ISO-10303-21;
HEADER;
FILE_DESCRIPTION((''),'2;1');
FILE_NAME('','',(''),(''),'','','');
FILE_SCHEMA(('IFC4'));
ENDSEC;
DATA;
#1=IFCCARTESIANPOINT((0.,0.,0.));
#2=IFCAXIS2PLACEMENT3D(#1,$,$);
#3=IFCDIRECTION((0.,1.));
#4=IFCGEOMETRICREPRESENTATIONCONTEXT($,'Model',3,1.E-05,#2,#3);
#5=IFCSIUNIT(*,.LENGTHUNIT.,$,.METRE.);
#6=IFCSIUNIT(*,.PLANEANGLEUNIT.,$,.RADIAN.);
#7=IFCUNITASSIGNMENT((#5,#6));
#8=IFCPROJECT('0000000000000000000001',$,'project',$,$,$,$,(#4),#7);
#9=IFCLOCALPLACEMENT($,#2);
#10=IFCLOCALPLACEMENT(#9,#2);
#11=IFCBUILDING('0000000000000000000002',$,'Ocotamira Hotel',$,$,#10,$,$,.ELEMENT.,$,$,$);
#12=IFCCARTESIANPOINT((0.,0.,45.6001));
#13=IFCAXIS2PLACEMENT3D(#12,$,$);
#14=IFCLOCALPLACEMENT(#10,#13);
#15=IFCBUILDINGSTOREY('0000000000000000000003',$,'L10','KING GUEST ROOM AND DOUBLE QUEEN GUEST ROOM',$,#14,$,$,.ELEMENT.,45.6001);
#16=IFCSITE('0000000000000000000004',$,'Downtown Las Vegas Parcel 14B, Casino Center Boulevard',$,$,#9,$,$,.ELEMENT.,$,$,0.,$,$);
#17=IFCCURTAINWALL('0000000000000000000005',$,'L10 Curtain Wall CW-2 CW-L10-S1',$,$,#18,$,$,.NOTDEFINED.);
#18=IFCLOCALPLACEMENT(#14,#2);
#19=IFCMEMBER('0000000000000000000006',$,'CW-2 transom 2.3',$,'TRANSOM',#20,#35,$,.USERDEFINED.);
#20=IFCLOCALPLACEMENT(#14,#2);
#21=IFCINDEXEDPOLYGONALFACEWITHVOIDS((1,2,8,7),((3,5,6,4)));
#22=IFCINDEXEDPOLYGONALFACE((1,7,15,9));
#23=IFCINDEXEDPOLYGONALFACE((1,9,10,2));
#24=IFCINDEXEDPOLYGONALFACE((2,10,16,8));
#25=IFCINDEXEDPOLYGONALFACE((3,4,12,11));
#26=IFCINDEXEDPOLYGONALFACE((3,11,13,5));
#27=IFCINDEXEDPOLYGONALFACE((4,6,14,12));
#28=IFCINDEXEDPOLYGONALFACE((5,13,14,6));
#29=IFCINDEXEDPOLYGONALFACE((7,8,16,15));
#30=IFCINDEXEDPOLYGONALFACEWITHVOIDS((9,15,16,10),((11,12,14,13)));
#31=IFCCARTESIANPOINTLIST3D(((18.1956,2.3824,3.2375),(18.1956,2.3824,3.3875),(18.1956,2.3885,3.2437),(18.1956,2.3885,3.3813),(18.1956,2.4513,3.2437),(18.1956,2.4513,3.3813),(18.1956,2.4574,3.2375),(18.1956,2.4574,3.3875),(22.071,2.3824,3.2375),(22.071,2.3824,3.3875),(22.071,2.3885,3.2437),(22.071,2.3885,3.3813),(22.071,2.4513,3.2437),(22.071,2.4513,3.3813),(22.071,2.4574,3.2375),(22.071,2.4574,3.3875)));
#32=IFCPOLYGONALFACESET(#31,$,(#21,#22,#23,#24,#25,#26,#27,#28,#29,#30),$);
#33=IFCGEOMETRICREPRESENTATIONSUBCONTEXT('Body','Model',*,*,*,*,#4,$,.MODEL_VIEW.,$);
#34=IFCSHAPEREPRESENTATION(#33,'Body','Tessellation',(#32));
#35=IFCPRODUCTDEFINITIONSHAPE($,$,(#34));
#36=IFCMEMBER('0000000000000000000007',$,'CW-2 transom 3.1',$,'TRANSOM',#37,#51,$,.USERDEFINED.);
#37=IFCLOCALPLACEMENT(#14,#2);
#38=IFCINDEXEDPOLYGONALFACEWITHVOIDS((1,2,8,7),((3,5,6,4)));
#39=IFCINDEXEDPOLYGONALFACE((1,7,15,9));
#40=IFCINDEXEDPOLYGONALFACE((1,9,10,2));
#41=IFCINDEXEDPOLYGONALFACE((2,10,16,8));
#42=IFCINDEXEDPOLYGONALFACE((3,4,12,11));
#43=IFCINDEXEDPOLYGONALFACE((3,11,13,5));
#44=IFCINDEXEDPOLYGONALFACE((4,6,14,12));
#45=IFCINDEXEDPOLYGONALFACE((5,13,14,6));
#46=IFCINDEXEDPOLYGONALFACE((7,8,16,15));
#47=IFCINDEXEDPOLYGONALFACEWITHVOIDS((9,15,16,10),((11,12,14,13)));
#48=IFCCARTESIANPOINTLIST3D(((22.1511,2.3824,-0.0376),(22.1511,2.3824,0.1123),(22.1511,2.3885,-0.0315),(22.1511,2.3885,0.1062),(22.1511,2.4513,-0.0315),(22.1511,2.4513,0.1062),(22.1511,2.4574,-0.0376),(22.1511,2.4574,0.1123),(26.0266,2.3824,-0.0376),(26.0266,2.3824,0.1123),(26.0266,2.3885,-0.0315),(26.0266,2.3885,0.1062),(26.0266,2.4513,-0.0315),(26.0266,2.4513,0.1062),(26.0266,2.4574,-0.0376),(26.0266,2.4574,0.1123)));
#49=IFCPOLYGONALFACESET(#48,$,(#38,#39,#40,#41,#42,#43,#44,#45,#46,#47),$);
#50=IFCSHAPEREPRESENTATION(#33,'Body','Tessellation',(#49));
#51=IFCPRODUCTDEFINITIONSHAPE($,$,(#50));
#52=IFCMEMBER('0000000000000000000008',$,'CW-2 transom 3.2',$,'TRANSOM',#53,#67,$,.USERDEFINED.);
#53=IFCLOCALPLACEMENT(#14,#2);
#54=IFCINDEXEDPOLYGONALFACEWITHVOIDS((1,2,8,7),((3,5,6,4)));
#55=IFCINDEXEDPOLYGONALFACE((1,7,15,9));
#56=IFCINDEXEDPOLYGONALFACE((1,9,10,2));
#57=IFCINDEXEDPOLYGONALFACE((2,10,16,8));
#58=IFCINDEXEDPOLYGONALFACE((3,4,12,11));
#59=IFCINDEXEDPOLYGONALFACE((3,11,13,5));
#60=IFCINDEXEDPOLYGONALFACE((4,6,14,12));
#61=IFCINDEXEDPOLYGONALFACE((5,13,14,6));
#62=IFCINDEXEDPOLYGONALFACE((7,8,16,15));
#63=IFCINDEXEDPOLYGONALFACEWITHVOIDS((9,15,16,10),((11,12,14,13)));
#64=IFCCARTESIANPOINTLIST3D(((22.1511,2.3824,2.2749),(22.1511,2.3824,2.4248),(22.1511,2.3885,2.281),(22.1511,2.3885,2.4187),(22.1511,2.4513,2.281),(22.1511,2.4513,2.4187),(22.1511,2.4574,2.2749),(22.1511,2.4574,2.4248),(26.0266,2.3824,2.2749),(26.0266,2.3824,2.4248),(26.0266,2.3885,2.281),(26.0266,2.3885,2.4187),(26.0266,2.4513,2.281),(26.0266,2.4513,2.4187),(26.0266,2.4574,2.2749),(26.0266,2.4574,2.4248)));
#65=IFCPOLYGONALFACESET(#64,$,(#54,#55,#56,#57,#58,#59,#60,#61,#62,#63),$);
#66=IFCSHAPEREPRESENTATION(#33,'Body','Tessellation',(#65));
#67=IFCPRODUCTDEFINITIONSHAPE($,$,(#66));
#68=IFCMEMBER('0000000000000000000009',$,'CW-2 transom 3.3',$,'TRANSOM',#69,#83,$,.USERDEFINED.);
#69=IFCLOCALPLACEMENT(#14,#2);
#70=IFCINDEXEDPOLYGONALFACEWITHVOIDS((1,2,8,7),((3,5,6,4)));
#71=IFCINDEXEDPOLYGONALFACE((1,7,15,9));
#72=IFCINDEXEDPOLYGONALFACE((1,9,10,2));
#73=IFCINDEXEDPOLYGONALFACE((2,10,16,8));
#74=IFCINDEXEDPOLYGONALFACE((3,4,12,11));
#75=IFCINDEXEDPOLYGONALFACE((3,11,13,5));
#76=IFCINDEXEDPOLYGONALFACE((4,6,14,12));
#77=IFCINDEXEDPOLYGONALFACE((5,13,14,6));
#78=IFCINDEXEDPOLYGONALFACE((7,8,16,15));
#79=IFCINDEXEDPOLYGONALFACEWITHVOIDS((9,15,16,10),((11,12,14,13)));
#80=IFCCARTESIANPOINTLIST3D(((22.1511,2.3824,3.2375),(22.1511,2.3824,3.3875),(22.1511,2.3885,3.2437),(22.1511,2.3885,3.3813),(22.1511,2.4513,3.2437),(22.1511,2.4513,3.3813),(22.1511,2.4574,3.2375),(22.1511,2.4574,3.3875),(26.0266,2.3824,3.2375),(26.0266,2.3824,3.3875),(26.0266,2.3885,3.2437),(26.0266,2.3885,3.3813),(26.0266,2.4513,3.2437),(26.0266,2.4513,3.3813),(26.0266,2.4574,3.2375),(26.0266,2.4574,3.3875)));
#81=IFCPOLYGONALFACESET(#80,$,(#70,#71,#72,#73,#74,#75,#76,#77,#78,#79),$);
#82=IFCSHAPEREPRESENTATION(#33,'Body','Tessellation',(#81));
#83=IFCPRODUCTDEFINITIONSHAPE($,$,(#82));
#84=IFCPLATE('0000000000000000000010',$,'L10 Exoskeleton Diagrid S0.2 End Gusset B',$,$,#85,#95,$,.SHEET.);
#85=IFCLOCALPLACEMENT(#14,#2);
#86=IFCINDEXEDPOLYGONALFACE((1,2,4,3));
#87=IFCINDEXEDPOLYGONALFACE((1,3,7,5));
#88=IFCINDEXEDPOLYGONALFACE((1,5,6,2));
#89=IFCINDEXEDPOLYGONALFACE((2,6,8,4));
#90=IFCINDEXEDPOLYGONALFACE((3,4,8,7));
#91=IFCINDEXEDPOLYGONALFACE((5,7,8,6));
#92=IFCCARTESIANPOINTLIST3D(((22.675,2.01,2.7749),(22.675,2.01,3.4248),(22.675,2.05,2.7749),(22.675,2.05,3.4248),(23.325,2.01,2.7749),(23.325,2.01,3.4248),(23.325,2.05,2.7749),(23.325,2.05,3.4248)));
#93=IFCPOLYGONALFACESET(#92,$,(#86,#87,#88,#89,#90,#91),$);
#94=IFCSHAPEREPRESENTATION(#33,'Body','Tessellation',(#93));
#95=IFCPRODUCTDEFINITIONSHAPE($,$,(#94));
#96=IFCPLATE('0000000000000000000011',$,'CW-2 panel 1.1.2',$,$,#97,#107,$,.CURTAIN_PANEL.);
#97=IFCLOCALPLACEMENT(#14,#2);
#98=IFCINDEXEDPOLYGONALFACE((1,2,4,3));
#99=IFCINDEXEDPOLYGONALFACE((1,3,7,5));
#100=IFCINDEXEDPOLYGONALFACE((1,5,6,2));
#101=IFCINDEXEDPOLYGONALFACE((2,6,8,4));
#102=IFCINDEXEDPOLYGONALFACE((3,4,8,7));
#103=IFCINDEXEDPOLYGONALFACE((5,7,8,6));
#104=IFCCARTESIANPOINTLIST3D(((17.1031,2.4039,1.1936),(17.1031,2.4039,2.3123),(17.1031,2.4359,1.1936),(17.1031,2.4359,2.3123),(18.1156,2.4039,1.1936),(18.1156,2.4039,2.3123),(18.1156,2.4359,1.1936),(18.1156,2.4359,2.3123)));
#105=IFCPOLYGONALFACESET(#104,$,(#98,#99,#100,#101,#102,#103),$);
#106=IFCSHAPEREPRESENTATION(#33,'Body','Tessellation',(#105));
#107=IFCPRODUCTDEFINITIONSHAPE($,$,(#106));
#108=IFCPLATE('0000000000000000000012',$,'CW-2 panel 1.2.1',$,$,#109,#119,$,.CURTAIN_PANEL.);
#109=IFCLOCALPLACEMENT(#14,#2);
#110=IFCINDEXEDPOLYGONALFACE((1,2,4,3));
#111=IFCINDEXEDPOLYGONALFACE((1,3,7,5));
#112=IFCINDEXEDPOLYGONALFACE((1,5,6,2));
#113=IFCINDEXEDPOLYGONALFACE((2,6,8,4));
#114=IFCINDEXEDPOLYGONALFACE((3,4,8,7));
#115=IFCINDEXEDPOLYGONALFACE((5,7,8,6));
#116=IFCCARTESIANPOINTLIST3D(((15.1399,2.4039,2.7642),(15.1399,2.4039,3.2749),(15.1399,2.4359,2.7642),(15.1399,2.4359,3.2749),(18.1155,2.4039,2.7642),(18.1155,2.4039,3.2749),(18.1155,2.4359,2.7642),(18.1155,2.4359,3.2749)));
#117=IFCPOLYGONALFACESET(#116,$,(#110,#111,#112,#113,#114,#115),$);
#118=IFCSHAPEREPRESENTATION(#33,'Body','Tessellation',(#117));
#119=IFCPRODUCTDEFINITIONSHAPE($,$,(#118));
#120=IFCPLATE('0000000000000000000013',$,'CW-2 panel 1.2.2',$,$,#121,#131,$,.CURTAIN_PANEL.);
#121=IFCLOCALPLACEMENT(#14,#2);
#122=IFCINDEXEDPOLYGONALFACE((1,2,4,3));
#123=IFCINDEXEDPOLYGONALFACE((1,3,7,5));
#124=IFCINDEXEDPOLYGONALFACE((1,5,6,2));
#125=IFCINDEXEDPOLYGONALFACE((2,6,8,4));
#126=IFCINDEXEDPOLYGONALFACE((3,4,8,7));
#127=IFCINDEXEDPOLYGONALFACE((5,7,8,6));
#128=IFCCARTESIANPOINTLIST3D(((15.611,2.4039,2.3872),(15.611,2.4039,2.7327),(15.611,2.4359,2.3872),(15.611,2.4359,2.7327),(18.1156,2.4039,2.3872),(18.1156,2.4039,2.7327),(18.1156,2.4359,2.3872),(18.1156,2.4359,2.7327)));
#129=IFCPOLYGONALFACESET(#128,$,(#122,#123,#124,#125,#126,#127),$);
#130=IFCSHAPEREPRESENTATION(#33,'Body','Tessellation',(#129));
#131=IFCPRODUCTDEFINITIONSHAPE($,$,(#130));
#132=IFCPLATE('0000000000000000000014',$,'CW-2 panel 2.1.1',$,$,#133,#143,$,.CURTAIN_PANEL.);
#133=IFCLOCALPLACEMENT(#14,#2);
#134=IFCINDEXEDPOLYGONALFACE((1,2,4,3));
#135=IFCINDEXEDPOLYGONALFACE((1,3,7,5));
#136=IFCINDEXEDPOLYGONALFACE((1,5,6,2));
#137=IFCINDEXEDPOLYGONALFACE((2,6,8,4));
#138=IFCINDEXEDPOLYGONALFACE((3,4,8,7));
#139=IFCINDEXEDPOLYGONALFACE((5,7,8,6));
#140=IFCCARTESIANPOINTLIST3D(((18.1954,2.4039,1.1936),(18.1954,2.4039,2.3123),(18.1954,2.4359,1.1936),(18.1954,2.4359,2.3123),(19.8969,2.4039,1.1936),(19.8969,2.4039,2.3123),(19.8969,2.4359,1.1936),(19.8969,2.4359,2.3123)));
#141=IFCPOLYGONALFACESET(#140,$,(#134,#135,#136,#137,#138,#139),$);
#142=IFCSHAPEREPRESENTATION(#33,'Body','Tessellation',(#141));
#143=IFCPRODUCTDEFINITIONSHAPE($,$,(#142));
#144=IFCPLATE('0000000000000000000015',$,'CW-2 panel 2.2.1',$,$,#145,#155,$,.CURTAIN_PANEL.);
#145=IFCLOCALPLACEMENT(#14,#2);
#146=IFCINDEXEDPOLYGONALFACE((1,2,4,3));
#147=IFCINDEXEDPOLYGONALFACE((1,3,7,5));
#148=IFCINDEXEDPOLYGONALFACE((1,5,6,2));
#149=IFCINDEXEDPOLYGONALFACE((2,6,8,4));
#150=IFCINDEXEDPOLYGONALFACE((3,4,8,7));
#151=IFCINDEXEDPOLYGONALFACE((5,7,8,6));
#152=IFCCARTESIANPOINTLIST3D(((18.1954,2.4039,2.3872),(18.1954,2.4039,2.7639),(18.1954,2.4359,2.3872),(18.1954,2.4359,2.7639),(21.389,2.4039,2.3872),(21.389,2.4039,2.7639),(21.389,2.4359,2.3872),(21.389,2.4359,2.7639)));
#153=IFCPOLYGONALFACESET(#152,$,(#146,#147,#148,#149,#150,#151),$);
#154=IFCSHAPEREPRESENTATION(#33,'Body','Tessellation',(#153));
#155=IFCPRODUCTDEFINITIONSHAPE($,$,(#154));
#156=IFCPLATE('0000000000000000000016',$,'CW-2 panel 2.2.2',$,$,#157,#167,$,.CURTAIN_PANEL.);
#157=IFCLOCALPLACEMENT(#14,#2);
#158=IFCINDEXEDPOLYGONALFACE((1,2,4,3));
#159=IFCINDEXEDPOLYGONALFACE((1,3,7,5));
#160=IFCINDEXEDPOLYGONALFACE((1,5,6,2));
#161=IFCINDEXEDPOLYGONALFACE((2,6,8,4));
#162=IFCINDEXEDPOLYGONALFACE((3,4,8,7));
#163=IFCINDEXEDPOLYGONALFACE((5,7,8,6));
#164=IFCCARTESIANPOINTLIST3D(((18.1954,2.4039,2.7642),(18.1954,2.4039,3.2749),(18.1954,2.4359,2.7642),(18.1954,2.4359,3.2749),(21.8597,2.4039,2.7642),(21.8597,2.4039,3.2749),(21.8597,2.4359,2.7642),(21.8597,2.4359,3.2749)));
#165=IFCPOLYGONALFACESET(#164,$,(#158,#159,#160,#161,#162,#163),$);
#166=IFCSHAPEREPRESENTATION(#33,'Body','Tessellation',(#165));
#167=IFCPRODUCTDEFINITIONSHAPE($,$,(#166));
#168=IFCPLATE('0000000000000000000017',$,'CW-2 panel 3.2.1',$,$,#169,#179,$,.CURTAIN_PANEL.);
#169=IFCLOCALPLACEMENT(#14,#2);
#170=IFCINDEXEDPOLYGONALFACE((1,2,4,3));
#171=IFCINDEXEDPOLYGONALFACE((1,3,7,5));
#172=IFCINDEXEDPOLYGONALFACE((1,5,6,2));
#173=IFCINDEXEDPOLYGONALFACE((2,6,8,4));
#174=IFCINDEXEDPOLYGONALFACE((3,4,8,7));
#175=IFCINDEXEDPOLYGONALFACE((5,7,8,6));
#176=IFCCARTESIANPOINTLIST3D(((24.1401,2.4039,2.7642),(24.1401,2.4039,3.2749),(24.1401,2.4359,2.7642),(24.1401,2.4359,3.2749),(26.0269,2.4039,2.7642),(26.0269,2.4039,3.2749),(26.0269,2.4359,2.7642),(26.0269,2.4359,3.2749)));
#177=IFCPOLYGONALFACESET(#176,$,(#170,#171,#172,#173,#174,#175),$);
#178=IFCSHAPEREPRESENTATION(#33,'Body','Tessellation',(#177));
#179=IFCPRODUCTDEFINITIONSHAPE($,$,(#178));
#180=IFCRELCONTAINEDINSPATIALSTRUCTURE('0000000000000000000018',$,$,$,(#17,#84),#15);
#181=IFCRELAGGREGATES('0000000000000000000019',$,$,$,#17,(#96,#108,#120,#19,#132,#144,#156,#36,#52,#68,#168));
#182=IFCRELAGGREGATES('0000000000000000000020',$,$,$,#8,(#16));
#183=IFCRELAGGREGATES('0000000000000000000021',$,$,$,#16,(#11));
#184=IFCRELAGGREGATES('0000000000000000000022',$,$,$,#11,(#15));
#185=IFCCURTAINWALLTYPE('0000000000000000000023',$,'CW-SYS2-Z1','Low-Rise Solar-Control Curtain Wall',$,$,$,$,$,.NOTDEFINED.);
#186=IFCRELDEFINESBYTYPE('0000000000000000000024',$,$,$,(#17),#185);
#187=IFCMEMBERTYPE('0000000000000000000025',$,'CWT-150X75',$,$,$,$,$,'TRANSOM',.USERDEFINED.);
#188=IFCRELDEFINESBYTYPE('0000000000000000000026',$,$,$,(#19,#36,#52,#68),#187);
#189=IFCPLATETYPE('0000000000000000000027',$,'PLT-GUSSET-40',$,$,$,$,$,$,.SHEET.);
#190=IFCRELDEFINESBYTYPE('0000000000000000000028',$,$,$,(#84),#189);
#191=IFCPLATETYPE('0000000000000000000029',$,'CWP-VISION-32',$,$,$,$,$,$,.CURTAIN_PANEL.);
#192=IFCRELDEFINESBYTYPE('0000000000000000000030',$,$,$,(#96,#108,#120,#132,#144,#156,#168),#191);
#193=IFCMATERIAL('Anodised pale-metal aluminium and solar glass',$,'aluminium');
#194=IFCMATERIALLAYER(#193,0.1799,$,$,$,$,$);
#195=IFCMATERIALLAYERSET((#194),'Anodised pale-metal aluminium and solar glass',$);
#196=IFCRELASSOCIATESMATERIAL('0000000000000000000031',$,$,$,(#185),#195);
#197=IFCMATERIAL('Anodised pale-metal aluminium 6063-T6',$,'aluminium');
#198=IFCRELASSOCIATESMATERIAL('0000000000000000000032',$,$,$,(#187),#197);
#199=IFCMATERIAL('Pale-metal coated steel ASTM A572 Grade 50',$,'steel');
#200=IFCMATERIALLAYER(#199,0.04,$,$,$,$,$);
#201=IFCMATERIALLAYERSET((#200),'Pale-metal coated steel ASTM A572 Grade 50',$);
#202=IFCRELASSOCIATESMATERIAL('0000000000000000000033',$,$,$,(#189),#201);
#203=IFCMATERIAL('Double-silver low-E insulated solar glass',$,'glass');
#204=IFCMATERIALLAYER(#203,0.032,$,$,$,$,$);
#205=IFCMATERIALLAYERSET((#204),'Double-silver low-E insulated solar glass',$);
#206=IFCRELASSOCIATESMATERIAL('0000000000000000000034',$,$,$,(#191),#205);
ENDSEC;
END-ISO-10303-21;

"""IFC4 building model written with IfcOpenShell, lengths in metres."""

from ifc_helpers import new_model, si_unit, direction, frame, origin, origin_2d, place, context, subcontext, project, spatial, rectangle, hollow_rectangle, extrude, source, transform, mapped, material, layer, layer_set, material_profile, profile_set, type_object, element, aggregate, save


model = new_model("IFC4")

# Units and contexts
model_context = context("Model", 3, precision=1e-05, world=origin(), true_north=direction((0.0, 1.0)))
body_context = subcontext(model_context, "Body", "Model", "MODEL_VIEW")
ifc_project = project(units=[si_unit("LENGTHUNIT", "METRE"), si_unit("PLANEANGLEUNIT", "RADIAN")], contexts=[model_context])

# Site, building, storey
site_placement = place(None, origin())
site = spatial("IfcSite", under=ifc_project, at=site_placement, Name="Downtown Las Vegas Parcel 14B, Casino Center Boulevard", CompositionType="ELEMENT", RefElevation=0.0)
building_placement = place(site_placement, origin())
building = spatial("IfcBuilding", under=site, at=building_placement, Name="Ocotamira Hotel", CompositionType="ELEMENT")
storey_placement = place(building_placement, frame((0.0, 0.0, 45.6001)))
storey = spatial("IfcBuildingStorey", under=building, at=storey_placement, Name="L10", Description="KING GUEST ROOM AND DOUBLE QUEEN GUEST ROOM", CompositionType="ELEMENT", Elevation=45.6001)

# Curtain wall, members
ifc_material_1 = material(Name="Anodised pale-metal aluminium and solar glass", Category="aluminium")
ifc_layer_1 = layer(ifc_material_1, 0.1799)
ifc_layer_set_1 = layer_set([ifc_layer_1], Name="Anodised pale-metal aluminium and solar glass")
curtain_wall_type = type_object("IfcCurtainWallType", Name="CW-SYS2-Z1", Description="Low-Rise Solar-Control Curtain Wall", PredefinedType="NOTDEFINED", material=ifc_layer_set_1)
curtain_wall_placement = place(storey_placement, origin())
curtain_wall = element("IfcCurtainWall", 1, at=curtain_wall_placement, inside=storey, type_object=curtain_wall_type, Name="L10 Curtain Wall CW-2 CW-L10-S1", PredefinedType="NOTDEFINED")
ifc_material_2 = material(Name="Anodised pale-metal aluminium 6063-T6", Category="aluminium")
ifc_material_profile_1 = material_profile(ifc_material_2, hollow_rectangle(XDim=0.075, YDim=0.1499, WallThickness=0.0061, at=origin_2d()), Name="HSS150X75X6")
ifc_profile_set_1 = profile_set([ifc_material_profile_1], Name="Anodised pale-metal aluminium 6063-T6")
member_type_1 = type_object("IfcMemberType", Name="CWT-150X75", ElementType="TRANSOM", PredefinedType="USERDEFINED", material=ifc_profile_set_1)
shared_shape_1 = source(origin(), body_context, "Body", "SweptSolid", [
    extrude(hollow_rectangle(XDim=0.075, YDim=0.1499, WallThickness=0.0061, at=origin_2d()), origin(), (0.0, 0.0, 1.0), 3.8755),
])
member_1_placement = place(storey_placement, frame((18.1956, 2.4199, 3.3125), z_axis=(1.0, 0.0, 0.0), x_axis=(0.0, 1.0, 0.0)))
member_1 = element("IfcMember", 2, at=member_1_placement, type_object=member_type_1, Name="CW-2 transom 2.3", ObjectType="TRANSOM", PredefinedType="USERDEFINED", context=body_context, shape_type="MappedRepresentation", body=[
    mapped(shared_shape_1, transform((0.0, 0.0, 0.0), scale=1.0)),
])
member_2_placement = place(storey_placement, frame((22.1511, 2.4199, 0.0374), z_axis=(1.0, 0.0, 0.0), x_axis=(0.0, 1.0, 0.0)))
member_2 = element("IfcMember", 3, at=member_2_placement, type_object=member_type_1, Name="CW-2 transom 3.1", ObjectType="TRANSOM", PredefinedType="USERDEFINED", context=body_context, shape_type="MappedRepresentation", body=[
    mapped(shared_shape_1, transform((0.0, 0.0, 0.0), scale=1.0)),
])
member_3_placement = place(storey_placement, frame((22.1511, 2.4199, 2.3499), z_axis=(1.0, 0.0, 0.0), x_axis=(0.0, 1.0, 0.0)))
member_3 = element("IfcMember", 4, at=member_3_placement, type_object=member_type_1, Name="CW-2 transom 3.2", ObjectType="TRANSOM", PredefinedType="USERDEFINED", context=body_context, shape_type="MappedRepresentation", body=[
    mapped(shared_shape_1, transform((0.0, 0.0, 0.0), scale=1.0)),
])
member_4_placement = place(storey_placement, frame((22.1511, 2.4199, 3.3125), z_axis=(1.0, 0.0, 0.0), x_axis=(0.0, 1.0, 0.0)))
member_4 = element("IfcMember", 5, at=member_4_placement, type_object=member_type_1, Name="CW-2 transom 3.3", ObjectType="TRANSOM", PredefinedType="USERDEFINED", context=body_context, shape_type="MappedRepresentation", body=[
    mapped(shared_shape_1, transform((0.0, 0.0, 0.0), scale=1.0)),
])

# Plates
ifc_material_3 = material(Name="Pale-metal coated steel ASTM A572 Grade 50", Category="steel")
ifc_layer_2 = layer(ifc_material_3, 0.04)
ifc_layer_set_2 = layer_set([ifc_layer_2], Name="Pale-metal coated steel ASTM A572 Grade 50")
plate_type_1 = type_object("IfcPlateType", Name="PLT-GUSSET-40", PredefinedType="SHEET", material=ifc_layer_set_2)
shared_shape_2 = source(origin(), body_context, "Body", "SweptSolid", [
    extrude(rectangle(XDim=0.6499, YDim=0.04, at=origin_2d()), origin(), (0.0, 0.0, 1.0), 0.6499),
])
plate_1_placement = place(storey_placement, frame((23.0, 2.03, 2.7749), z_axis=(0.0, 0.0, 1.0), x_axis=(1.0, 0.0, 0.0)))
element("IfcPlate", 6, at=plate_1_placement, inside=storey, type_object=plate_type_1, Name="L10 Exoskeleton Diagrid S0.2 End Gusset B", PredefinedType="SHEET", context=body_context, shape_type="MappedRepresentation", body=[
    mapped(shared_shape_2, transform((0.0, 0.0, 0.0), scale=1.0)),
])
ifc_material_4 = material(Name="Double-silver low-E insulated solar glass", Category="glass")
ifc_layer_3 = layer(ifc_material_4, 0.032)
ifc_layer_set_3 = layer_set([ifc_layer_3], Name="Double-silver low-E insulated solar glass")
plate_type_2 = type_object("IfcPlateType", Name="CWP-VISION-32", PredefinedType="CURTAIN_PANEL", material=ifc_layer_set_3)
shared_shape_3 = source(origin(), body_context, "Body", "SweptSolid", [
    extrude(rectangle(XDim=1.0125, YDim=0.032, at=origin_2d()), origin(), (0.0, 0.0, 1.0), 1.1187),
])
plate_2_placement = place(storey_placement, frame((17.6094, 2.4199, 1.1936), z_axis=(0.0, 0.0, 1.0), x_axis=(1.0, 0.0, 0.0)))
plate_2 = element("IfcPlate", 7, at=plate_2_placement, type_object=plate_type_2, Name="CW-2 panel 1.1.2", PredefinedType="CURTAIN_PANEL", context=body_context, shape_type="MappedRepresentation", body=[
    mapped(shared_shape_3, transform((0.0, 0.0, 0.0), scale=1.0)),
])
shared_shape_4 = source(origin(), body_context, "Body", "SweptSolid", [
    extrude(rectangle(XDim=2.9756, YDim=0.032, at=origin_2d()), origin(), (0.0, 0.0, 1.0), 0.5107),
])
plate_3_placement = place(storey_placement, frame((16.6277, 2.4199, 2.7642), z_axis=(0.0, 0.0, 1.0), x_axis=(1.0, 0.0, 0.0)))
plate_3 = element("IfcPlate", 8, at=plate_3_placement, type_object=plate_type_2, Name="CW-2 panel 1.2.1", PredefinedType="CURTAIN_PANEL", context=body_context, shape_type="MappedRepresentation", body=[
    mapped(shared_shape_4, transform((0.0, 0.0, 0.0), scale=1.0)),
])
shared_shape_5 = source(origin(), body_context, "Body", "SweptSolid", [
    extrude(rectangle(XDim=2.5046, YDim=0.032, at=origin_2d()), origin(), (0.0, 0.0, 1.0), 0.3455),
])
plate_4_placement = place(storey_placement, frame((16.8633, 2.4199, 2.3872), z_axis=(0.0, 0.0, 1.0), x_axis=(1.0, 0.0, 0.0)))
plate_4 = element("IfcPlate", 9, at=plate_4_placement, type_object=plate_type_2, Name="CW-2 panel 1.2.2", PredefinedType="CURTAIN_PANEL", context=body_context, shape_type="MappedRepresentation", body=[
    mapped(shared_shape_5, transform((0.0, 0.0, 0.0), scale=1.0)),
])
shared_shape_6 = source(origin(), body_context, "Body", "SweptSolid", [
    extrude(rectangle(XDim=1.7014, YDim=0.032, at=origin_2d()), origin(), (0.0, 0.0, 1.0), 1.1187),
])
plate_5_placement = place(storey_placement, frame((19.0461, 2.4199, 1.1936), z_axis=(0.0, 0.0, 1.0), x_axis=(1.0, 0.0, 0.0)))
plate_5 = element("IfcPlate", 10, at=plate_5_placement, type_object=plate_type_2, Name="CW-2 panel 2.1.1", PredefinedType="CURTAIN_PANEL", context=body_context, shape_type="MappedRepresentation", body=[
    mapped(shared_shape_6, transform((0.0, 0.0, 0.0), scale=1.0)),
])
shared_shape_7 = source(origin(), body_context, "Body", "SweptSolid", [
    extrude(rectangle(XDim=3.1936, YDim=0.032, at=origin_2d()), origin(), (0.0, 0.0, 1.0), 0.3767),
])
plate_6_placement = place(storey_placement, frame((19.7922, 2.4199, 2.3872), z_axis=(0.0, 0.0, 1.0), x_axis=(1.0, 0.0, 0.0)))
plate_6 = element("IfcPlate", 11, at=plate_6_placement, type_object=plate_type_2, Name="CW-2 panel 2.2.1", PredefinedType="CURTAIN_PANEL", context=body_context, shape_type="MappedRepresentation", body=[
    mapped(shared_shape_7, transform((0.0, 0.0, 0.0), scale=1.0)),
])
shared_shape_8 = source(origin(), body_context, "Body", "SweptSolid", [
    extrude(rectangle(XDim=3.6643, YDim=0.032, at=origin_2d()), origin(), (0.0, 0.0, 1.0), 0.5107),
])
plate_7_placement = place(storey_placement, frame((20.0276, 2.4199, 2.7642), z_axis=(0.0, 0.0, 1.0), x_axis=(1.0, 0.0, 0.0)))
plate_7 = element("IfcPlate", 12, at=plate_7_placement, type_object=plate_type_2, Name="CW-2 panel 2.2.2", PredefinedType="CURTAIN_PANEL", context=body_context, shape_type="MappedRepresentation", body=[
    mapped(shared_shape_8, transform((0.0, 0.0, 0.0), scale=1.0)),
])
shared_shape_9 = source(origin(), body_context, "Body", "SweptSolid", [
    extrude(rectangle(XDim=1.8867, YDim=0.032, at=origin_2d()), origin(), (0.0, 0.0, 1.0), 0.5107),
])
plate_8_placement = place(storey_placement, frame((25.0835, 2.4199, 2.7642), z_axis=(0.0, 0.0, 1.0), x_axis=(1.0, 0.0, 0.0)))
plate_8 = element("IfcPlate", 13, at=plate_8_placement, type_object=plate_type_2, Name="CW-2 panel 3.2.1", PredefinedType="CURTAIN_PANEL", context=body_context, shape_type="MappedRepresentation", body=[
    mapped(shared_shape_9, transform((0.0, 0.0, 0.0), scale=1.0)),
])
aggregate(curtain_wall, [plate_2, plate_3, plate_4, member_1, plate_5, plate_6, plate_7, member_2, member_3, member_4, plate_8])

save(model, "model.ifc")
